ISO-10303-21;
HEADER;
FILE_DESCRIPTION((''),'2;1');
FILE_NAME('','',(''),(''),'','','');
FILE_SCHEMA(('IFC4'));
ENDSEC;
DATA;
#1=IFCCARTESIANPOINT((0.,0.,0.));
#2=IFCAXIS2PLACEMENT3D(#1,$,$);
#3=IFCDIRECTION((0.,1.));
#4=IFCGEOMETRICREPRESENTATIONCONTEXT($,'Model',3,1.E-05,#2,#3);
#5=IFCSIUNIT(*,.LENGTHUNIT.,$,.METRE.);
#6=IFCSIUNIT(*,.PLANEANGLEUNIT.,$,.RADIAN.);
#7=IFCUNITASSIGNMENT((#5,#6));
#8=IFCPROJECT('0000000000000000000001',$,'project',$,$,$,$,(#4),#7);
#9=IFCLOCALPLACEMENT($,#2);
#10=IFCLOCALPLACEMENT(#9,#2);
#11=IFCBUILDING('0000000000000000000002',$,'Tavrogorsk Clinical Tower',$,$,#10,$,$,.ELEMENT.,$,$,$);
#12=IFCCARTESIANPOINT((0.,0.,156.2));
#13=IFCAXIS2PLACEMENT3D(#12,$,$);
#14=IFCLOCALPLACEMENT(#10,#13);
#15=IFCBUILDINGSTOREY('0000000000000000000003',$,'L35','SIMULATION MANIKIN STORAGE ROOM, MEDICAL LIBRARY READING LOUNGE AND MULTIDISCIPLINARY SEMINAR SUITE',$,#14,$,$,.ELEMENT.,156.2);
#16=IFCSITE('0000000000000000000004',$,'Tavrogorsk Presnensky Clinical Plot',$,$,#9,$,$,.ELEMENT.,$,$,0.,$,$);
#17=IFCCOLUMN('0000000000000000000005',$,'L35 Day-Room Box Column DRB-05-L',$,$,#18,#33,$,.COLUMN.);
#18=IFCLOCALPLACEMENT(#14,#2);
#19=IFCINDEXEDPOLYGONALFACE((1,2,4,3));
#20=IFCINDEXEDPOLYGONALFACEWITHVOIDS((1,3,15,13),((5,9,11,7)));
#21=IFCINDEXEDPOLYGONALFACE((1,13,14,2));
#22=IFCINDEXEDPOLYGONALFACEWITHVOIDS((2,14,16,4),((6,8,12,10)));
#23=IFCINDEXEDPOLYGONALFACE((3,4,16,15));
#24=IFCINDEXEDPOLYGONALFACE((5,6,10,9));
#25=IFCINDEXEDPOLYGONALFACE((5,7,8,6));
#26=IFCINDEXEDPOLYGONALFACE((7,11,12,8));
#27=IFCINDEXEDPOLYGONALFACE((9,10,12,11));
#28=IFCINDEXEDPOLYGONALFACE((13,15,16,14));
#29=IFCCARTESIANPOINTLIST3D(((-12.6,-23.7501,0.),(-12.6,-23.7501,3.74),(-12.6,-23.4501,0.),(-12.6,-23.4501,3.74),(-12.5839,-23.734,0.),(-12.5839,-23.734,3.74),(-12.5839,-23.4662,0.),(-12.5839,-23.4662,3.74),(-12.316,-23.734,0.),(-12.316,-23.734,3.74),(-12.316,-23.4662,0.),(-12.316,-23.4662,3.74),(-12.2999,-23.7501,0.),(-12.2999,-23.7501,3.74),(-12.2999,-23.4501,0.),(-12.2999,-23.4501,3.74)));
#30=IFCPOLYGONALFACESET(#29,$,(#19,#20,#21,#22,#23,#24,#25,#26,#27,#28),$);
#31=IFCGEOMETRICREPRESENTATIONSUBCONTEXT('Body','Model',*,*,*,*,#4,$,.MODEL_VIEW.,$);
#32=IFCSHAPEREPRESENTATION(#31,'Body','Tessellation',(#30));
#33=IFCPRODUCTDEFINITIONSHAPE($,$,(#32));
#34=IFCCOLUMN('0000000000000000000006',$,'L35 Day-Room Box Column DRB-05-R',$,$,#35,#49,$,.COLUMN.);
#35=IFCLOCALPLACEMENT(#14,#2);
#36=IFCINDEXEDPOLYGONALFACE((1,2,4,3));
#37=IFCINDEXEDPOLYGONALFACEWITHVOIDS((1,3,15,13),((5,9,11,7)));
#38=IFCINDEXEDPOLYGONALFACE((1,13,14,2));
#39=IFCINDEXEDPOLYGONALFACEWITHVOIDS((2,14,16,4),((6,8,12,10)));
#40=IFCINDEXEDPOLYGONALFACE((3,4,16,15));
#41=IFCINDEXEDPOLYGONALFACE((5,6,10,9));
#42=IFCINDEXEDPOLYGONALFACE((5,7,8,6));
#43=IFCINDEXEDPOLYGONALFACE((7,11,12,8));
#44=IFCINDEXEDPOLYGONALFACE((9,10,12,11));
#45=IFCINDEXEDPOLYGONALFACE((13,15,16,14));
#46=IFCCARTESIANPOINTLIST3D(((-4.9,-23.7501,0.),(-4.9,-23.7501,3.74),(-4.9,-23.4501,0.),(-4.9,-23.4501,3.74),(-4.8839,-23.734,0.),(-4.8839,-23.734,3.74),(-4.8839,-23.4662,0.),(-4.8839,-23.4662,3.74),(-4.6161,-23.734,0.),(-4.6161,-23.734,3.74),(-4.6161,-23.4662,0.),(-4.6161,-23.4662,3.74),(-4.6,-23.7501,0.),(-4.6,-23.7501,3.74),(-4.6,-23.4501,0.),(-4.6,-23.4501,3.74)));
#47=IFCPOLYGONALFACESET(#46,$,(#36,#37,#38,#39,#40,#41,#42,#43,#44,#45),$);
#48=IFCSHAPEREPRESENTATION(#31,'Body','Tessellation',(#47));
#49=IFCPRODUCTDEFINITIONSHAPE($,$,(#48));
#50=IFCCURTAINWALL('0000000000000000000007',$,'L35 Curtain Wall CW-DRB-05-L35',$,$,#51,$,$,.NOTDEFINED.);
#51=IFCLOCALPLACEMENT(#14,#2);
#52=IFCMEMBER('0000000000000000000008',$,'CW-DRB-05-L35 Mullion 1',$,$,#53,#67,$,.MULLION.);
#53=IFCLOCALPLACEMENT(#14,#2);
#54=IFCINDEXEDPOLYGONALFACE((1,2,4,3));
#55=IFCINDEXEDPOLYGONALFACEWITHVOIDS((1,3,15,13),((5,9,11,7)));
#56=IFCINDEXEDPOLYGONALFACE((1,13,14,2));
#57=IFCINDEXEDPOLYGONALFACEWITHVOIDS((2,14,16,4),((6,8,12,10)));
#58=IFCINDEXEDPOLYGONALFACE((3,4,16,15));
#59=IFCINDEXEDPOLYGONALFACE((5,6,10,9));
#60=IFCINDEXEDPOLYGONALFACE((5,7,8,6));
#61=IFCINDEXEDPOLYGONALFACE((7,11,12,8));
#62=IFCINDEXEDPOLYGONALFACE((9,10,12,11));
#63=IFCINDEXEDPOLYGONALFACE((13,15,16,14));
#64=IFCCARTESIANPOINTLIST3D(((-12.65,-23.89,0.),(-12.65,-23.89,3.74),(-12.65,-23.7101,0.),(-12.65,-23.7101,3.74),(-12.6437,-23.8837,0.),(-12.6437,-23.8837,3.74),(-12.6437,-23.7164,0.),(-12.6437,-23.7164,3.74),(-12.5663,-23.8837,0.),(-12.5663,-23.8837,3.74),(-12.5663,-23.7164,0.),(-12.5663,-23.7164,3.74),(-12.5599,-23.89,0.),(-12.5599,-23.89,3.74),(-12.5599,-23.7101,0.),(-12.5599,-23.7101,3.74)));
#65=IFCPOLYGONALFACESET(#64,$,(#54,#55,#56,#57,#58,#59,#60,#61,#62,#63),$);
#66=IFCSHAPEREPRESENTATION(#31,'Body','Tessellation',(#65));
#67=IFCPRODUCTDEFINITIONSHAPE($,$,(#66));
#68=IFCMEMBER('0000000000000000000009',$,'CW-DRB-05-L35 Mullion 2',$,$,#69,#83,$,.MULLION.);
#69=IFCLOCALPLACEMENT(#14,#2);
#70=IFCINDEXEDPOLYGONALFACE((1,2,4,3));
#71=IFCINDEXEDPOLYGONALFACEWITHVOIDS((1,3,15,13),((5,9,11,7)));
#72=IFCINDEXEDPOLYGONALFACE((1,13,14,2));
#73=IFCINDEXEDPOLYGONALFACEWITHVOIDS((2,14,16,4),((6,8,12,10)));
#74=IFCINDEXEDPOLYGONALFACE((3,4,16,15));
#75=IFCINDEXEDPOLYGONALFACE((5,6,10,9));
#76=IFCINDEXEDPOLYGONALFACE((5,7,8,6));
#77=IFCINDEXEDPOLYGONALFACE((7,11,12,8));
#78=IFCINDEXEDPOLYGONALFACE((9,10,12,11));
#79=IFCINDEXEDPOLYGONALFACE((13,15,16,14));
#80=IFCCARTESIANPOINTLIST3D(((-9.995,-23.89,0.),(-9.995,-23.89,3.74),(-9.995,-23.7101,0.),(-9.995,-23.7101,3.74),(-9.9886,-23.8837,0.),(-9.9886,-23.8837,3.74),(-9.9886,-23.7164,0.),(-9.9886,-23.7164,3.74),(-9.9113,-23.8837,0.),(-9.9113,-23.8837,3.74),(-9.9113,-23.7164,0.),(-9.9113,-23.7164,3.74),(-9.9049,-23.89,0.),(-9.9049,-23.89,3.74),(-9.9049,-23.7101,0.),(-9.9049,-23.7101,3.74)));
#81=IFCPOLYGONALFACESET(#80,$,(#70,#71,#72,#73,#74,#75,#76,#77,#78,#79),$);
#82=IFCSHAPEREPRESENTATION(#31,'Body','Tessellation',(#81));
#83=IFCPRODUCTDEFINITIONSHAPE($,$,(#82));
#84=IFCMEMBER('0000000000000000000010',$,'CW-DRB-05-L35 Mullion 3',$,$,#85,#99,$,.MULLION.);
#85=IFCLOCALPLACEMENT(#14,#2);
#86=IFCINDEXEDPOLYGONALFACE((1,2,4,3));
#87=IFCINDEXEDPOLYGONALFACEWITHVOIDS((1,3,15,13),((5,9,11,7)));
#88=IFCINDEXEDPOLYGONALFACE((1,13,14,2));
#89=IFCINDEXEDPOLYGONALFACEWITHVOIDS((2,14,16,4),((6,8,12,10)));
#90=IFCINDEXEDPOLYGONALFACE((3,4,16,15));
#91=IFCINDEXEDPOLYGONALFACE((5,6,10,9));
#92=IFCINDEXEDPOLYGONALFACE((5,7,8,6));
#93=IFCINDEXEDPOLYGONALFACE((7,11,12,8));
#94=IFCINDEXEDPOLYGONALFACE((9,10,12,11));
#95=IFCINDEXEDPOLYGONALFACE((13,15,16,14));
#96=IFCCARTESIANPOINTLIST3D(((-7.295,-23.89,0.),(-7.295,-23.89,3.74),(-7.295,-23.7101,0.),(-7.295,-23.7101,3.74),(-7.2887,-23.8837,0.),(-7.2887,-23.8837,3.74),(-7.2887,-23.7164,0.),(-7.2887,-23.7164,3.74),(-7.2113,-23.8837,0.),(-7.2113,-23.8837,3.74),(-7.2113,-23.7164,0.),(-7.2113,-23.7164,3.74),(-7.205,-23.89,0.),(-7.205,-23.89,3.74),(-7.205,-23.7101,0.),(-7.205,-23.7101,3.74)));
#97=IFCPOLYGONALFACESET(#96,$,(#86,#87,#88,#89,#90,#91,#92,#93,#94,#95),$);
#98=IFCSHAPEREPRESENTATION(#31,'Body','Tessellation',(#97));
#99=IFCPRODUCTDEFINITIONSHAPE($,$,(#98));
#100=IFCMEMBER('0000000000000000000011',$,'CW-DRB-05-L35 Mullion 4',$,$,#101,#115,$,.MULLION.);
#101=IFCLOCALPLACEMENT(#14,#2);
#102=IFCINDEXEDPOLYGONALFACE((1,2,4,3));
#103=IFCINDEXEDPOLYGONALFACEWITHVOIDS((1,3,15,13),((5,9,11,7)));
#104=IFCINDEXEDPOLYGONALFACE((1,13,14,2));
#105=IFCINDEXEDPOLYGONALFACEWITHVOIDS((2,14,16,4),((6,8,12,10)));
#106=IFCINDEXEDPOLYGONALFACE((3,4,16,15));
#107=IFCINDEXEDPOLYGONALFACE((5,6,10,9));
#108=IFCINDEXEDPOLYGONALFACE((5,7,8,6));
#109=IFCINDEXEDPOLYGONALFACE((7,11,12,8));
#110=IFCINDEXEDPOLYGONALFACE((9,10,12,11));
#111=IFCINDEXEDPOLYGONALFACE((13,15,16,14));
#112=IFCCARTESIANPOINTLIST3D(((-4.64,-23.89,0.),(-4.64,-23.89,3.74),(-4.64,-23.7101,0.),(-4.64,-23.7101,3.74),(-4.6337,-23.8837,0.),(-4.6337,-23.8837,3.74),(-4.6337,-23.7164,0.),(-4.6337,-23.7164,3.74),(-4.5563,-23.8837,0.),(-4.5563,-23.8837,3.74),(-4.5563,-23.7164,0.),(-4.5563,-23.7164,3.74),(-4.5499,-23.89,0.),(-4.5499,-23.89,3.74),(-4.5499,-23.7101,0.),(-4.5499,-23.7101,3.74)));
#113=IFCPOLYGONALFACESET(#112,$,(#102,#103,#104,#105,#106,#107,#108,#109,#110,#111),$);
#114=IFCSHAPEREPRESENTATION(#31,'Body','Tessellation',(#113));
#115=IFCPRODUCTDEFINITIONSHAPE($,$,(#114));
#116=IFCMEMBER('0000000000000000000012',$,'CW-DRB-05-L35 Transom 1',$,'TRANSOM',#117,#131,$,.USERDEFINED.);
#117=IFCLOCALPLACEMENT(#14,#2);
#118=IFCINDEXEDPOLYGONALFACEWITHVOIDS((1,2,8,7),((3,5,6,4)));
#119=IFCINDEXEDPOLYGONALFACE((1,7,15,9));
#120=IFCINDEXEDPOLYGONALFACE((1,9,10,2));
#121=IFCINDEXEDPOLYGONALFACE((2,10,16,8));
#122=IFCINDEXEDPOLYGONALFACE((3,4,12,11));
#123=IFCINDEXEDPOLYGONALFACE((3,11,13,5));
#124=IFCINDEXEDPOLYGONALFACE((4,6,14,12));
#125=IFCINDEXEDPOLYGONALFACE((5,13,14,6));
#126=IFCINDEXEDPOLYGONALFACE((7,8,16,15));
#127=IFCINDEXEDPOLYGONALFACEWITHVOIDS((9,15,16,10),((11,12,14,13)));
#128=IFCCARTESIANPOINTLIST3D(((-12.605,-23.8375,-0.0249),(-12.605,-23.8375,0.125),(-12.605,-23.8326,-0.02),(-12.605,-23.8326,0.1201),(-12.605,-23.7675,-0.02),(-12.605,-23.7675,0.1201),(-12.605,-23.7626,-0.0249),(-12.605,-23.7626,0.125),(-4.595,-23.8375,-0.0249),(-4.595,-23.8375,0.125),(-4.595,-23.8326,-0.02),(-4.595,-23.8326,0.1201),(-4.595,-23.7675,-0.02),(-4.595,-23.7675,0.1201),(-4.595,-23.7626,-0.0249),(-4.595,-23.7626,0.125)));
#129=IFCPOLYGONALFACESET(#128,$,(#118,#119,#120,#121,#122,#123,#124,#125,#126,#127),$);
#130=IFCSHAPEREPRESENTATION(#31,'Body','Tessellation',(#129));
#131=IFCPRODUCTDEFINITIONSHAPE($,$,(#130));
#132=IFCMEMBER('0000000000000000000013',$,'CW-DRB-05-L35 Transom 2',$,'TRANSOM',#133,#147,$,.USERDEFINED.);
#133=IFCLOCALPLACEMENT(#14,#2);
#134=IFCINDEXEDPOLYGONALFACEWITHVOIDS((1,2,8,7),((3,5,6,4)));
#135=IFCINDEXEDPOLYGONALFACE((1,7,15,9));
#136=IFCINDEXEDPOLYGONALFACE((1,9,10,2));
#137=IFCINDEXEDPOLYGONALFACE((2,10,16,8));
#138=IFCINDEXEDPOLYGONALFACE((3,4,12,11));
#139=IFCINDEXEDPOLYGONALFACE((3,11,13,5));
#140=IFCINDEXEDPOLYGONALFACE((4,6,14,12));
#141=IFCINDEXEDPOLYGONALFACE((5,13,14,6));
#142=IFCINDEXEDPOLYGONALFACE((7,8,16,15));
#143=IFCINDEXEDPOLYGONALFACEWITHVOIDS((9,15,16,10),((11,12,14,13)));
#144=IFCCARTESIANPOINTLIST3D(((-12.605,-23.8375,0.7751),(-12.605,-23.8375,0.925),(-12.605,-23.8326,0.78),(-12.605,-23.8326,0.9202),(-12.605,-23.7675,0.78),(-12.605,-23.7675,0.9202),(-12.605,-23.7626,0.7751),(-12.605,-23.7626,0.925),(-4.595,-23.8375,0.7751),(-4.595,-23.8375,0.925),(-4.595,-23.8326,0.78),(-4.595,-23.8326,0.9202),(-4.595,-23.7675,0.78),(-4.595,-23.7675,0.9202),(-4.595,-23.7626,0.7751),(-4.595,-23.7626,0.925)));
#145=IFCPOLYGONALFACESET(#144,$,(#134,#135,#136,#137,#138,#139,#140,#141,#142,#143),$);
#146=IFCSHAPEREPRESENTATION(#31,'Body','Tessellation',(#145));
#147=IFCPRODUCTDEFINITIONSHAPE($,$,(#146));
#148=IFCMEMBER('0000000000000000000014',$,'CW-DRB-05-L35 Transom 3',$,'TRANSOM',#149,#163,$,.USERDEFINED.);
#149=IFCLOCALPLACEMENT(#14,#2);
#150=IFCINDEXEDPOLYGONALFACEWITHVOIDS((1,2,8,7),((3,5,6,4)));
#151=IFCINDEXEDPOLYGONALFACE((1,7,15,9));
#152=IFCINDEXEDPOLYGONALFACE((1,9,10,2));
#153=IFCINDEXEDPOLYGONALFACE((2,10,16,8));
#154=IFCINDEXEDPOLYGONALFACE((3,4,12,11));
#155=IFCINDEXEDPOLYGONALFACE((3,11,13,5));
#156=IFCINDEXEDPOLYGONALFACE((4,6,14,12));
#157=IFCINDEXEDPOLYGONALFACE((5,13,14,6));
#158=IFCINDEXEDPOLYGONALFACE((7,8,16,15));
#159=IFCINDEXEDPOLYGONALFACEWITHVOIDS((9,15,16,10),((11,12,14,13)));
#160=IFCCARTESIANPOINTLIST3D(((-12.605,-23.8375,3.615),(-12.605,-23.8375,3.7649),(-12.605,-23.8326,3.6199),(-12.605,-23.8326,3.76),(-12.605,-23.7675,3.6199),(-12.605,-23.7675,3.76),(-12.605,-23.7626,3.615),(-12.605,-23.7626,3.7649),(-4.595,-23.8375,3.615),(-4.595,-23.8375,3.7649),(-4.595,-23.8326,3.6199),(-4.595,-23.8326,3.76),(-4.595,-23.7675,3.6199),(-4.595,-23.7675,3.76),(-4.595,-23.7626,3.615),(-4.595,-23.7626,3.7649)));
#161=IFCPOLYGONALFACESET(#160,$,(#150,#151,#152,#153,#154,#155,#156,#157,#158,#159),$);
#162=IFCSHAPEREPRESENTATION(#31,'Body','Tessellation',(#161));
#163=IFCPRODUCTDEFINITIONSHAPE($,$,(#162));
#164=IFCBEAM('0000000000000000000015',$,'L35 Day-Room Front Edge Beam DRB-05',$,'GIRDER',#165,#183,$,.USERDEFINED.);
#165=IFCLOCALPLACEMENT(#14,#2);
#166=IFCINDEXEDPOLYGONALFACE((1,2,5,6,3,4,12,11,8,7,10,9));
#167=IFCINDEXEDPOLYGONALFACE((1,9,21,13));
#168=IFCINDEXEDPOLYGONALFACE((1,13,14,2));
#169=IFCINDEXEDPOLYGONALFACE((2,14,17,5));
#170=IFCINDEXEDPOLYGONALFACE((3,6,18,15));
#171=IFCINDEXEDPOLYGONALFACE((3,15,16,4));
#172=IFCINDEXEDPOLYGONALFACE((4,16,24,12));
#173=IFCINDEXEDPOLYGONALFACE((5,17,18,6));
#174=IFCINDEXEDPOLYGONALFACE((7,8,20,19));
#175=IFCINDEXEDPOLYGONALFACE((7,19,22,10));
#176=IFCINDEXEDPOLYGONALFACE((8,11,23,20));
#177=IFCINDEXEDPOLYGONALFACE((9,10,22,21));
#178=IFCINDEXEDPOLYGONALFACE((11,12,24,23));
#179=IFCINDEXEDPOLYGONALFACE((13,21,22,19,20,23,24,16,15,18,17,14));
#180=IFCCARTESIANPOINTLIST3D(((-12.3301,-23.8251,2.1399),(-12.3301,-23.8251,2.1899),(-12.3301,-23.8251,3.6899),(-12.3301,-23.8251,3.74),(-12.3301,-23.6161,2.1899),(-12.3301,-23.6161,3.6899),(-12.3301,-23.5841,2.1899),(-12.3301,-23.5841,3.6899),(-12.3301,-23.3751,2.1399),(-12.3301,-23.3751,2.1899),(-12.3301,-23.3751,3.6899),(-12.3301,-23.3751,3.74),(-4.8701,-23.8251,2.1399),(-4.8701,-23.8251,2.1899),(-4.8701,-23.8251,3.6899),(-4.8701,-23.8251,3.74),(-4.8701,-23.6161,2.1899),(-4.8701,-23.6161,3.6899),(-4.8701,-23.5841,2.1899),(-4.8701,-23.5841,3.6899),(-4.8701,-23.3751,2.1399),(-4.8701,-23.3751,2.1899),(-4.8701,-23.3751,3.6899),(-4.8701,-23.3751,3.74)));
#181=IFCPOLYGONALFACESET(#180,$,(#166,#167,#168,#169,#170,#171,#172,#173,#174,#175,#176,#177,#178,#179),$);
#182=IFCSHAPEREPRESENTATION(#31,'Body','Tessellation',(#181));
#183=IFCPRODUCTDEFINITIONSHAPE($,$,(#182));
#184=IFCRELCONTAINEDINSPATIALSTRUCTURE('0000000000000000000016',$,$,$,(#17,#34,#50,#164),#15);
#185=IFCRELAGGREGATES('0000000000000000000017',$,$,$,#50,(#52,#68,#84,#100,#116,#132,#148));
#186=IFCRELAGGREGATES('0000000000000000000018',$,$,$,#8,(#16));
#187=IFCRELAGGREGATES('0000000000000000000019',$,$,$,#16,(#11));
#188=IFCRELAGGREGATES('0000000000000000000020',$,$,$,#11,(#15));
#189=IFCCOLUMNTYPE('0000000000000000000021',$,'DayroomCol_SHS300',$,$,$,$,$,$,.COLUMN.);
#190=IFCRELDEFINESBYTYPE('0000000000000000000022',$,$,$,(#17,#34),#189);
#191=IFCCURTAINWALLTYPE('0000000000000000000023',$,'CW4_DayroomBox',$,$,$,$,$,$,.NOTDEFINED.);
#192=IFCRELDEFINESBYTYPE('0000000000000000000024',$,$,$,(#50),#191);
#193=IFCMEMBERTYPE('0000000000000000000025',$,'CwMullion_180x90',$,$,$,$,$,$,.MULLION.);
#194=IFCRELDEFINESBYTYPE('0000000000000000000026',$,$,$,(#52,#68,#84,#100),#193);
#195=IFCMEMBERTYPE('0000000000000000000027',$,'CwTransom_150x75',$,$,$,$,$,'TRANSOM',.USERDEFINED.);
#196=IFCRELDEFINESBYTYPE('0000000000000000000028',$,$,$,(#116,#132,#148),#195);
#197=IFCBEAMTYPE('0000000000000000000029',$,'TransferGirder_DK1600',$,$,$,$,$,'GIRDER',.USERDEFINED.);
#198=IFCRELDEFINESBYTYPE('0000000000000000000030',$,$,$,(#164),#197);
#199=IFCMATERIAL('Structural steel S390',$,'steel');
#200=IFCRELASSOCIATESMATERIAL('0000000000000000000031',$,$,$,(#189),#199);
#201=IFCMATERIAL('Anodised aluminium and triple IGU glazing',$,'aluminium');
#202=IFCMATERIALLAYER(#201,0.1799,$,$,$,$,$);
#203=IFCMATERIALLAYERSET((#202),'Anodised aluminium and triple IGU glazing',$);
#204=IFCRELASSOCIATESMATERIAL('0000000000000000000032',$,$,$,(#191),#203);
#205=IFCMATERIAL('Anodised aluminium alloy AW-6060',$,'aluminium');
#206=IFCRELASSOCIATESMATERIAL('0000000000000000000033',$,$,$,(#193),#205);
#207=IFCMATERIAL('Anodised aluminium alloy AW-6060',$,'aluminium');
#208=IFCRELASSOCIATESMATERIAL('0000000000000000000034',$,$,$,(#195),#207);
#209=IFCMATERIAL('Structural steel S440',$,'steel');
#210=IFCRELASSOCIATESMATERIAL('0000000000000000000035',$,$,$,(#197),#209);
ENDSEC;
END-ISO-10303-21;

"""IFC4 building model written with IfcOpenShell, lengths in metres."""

from ifc_helpers import new_model, si_unit, direction, frame, origin, origin_2d, place, context, subcontext, project, spatial, hollow_rectangle, i_section, extrude, material, layer, layer_set, material_profile, profile_set, type_object, element, aggregate, save


model = new_model("IFC4")

# Units and contexts
model_context = context("Model", 3, precision=1e-05, world=origin(), true_north=direction((0.0, 1.0)))
body_context = subcontext(model_context, "Body", "Model", "MODEL_VIEW")
ifc_project = project(units=[si_unit("LENGTHUNIT", "METRE"), si_unit("PLANEANGLEUNIT", "RADIAN")], contexts=[model_context])

# Site, building, storey
site_placement = place(None, origin())
site = spatial("IfcSite", under=ifc_project, at=site_placement, Name="Tavrogorsk Presnensky Clinical Plot", CompositionType="ELEMENT", RefElevation=0.0)
building_placement = place(site_placement, origin())
building = spatial("IfcBuilding", under=site, at=building_placement, Name="Tavrogorsk Clinical Tower", CompositionType="ELEMENT")
storey_placement = place(building_placement, frame((0.0, 0.0, 156.2)))
storey = spatial("IfcBuildingStorey", under=building, at=storey_placement, Name="L35", Description="SIMULATION MANIKIN STORAGE ROOM, MEDICAL LIBRARY READING LOUNGE AND MULTIDISCIPLINARY SEMINAR SUITE", CompositionType="ELEMENT", Elevation=156.2)

# Columns
ifc_material_1 = material(Name="Structural steel S390", Category="steel")
ifc_material_profile_1 = material_profile(ifc_material_1, hollow_rectangle(XDim=0.3, YDim=0.3, WallThickness=0.0161, at=origin_2d()), Name="SHS-300x300x16")
ifc_profile_set_1 = profile_set([ifc_material_profile_1], Name="Structural steel S390")
column_type = type_object("IfcColumnType", Name="DayroomCol_SHS300", PredefinedType="COLUMN", material=ifc_profile_set_1)
for number, where, z_axis, x_axis, name in (
    (1, (-12.45, -23.6001, 0.0), (0.0, 0.0, 1.0), (1.0, 0.0, 0.0), "L35 Day-Room Box Column DRB-05-L"),
    (2, (-4.75, -23.6001, 0.0), (0.0, 0.0, 1.0), (1.0, 0.0, 0.0), "L35 Day-Room Box Column DRB-05-R"),
):
    element("IfcColumn", number, at=place(storey_placement, frame(where, z_axis=z_axis, x_axis=x_axis)), inside=storey, type_object=column_type, Name=name, PredefinedType="COLUMN", context=body_context, shape_type="SweptSolid", body=[
        extrude(hollow_rectangle(XDim=0.3, YDim=0.3, WallThickness=0.0161, at=origin_2d()), origin(), (0.0, 0.0, 1.0), 3.74),
    ])

# Curtain wall, members
ifc_material_2 = material(Name="Anodised aluminium and triple IGU glazing", Category="aluminium")
ifc_layer_1 = layer(ifc_material_2, 0.1799)
ifc_layer_set_1 = layer_set([ifc_layer_1], Name="Anodised aluminium and triple IGU glazing")
curtain_wall_type = type_object("IfcCurtainWallType", Name="CW4_DayroomBox", PredefinedType="NOTDEFINED", material=ifc_layer_set_1)
curtain_wall_placement = place(storey_placement, origin())
curtain_wall = element("IfcCurtainWall", 3, at=curtain_wall_placement, inside=storey, type_object=curtain_wall_type, Name="L35 Curtain Wall CW-DRB-05-L35", PredefinedType="NOTDEFINED")
ifc_material_3 = material(Name="Anodised aluminium alloy AW-6060", Category="aluminium")
ifc_material_profile_2 = material_profile(ifc_material_3, hollow_rectangle(XDim=0.0901, YDim=0.1799, WallThickness=0.0063, at=origin_2d()), Name="RHS-180x90x6.3")
ifc_profile_set_2 = profile_set([ifc_material_profile_2], Name="Anodised aluminium alloy AW-6060")
member_type_1 = type_object("IfcMemberType", Name="CwMullion_180x90", PredefinedType="MULLION", material=ifc_profile_set_2)
member_1_placement = place(storey_placement, frame((-12.605, -23.8, 0.0), z_axis=(0.0, 0.0, 1.0), x_axis=(1.0, 0.0, 0.0)))
member_1 = element("IfcMember", 4, at=member_1_placement, type_object=member_type_1, Name="CW-DRB-05-L35 Mullion 1", PredefinedType="MULLION", context=body_context, shape_type="SweptSolid", body=[
    extrude(hollow_rectangle(XDim=0.0901, YDim=0.1799, WallThickness=0.0063, at=origin_2d()), origin(), (0.0, 0.0, 1.0), 3.74),
])
member_2_placement = place(storey_placement, frame((-9.95, -23.8, 0.0), z_axis=(0.0, 0.0, 1.0), x_axis=(1.0, 0.0, 0.0)))
member_2 = element("IfcMember", 5, at=member_2_placement, type_object=member_type_1, Name="CW-DRB-05-L35 Mullion 2", PredefinedType="MULLION", context=body_context, shape_type="SweptSolid", body=[
    extrude(hollow_rectangle(XDim=0.0901, YDim=0.1799, WallThickness=0.0063, at=origin_2d()), origin(), (0.0, 0.0, 1.0), 3.74),
])
member_3_placement = place(storey_placement, frame((-7.25, -23.8, 0.0), z_axis=(0.0, 0.0, 1.0), x_axis=(1.0, 0.0, 0.0)))
member_3 = element("IfcMember", 6, at=member_3_placement, type_object=member_type_1, Name="CW-DRB-05-L35 Mullion 3", PredefinedType="MULLION", context=body_context, shape_type="SweptSolid", body=[
    extrude(hollow_rectangle(XDim=0.0901, YDim=0.1799, WallThickness=0.0063, at=origin_2d()), origin(), (0.0, 0.0, 1.0), 3.74),
])
member_4_placement = place(storey_placement, frame((-4.595, -23.8, 0.0), z_axis=(0.0, 0.0, 1.0), x_axis=(1.0, 0.0, 0.0)))
member_4 = element("IfcMember", 7, at=member_4_placement, type_object=member_type_1, Name="CW-DRB-05-L35 Mullion 4", PredefinedType="MULLION", context=body_context, shape_type="SweptSolid", body=[
    extrude(hollow_rectangle(XDim=0.0901, YDim=0.1799, WallThickness=0.0063, at=origin_2d()), origin(), (0.0, 0.0, 1.0), 3.74),
])
ifc_material_4 = material(Name="Anodised aluminium alloy AW-6060", Category="aluminium")
ifc_material_profile_3 = material_profile(ifc_material_4, hollow_rectangle(XDim=0.075, YDim=0.1499, WallThickness=0.0049, at=origin_2d()), Name="RHS-150x75x5")
ifc_profile_set_3 = profile_set([ifc_material_profile_3], Name="Anodised aluminium alloy AW-6060")
member_type_2 = type_object("IfcMemberType", Name="CwTransom_150x75", ElementType="TRANSOM", PredefinedType="USERDEFINED", material=ifc_profile_set_3)
member_5_placement = place(storey_placement, frame((-12.605, -23.8, 0.05), z_axis=(1.0, 0.0, 0.0), x_axis=(0.0, 1.0, 0.0)))
member_5 = element("IfcMember", 8, at=member_5_placement, type_object=member_type_2, Name="CW-DRB-05-L35 Transom 1", ObjectType="TRANSOM", PredefinedType="USERDEFINED", context=body_context, shape_type="SweptSolid", body=[
    extrude(hollow_rectangle(XDim=0.075, YDim=0.1499, WallThickness=0.0049, at=origin_2d()), origin(), (0.0, 0.0, 1.0), 8.01),
])
member_6_placement = place(storey_placement, frame((-12.605, -23.8, 0.8501), z_axis=(1.0, 0.0, 0.0), x_axis=(0.0, 1.0, 0.0)))
member_6 = element("IfcMember", 9, at=member_6_placement, type_object=member_type_2, Name="CW-DRB-05-L35 Transom 2", ObjectType="TRANSOM", PredefinedType="USERDEFINED", context=body_context, shape_type="SweptSolid", body=[
    extrude(hollow_rectangle(XDim=0.075, YDim=0.1499, WallThickness=0.0049, at=origin_2d()), origin(), (0.0, 0.0, 1.0), 8.01),
])
member_7_placement = place(storey_placement, frame((-12.605, -23.8, 3.6899), z_axis=(1.0, 0.0, 0.0), x_axis=(0.0, 1.0, 0.0)))
member_7 = element("IfcMember", 10, at=member_7_placement, type_object=member_type_2, Name="CW-DRB-05-L35 Transom 3", ObjectType="TRANSOM", PredefinedType="USERDEFINED", context=body_context, shape_type="SweptSolid", body=[
    extrude(hollow_rectangle(XDim=0.075, YDim=0.1499, WallThickness=0.0049, at=origin_2d()), origin(), (0.0, 0.0, 1.0), 8.01),
])

# Beam
ifc_material_5 = material(Name="Structural steel S440", Category="steel")
ifc_material_profile_4 = material_profile(ifc_material_5, i_section(OverallWidth=0.45, OverallDepth=1.6001, WebThickness=0.032, FlangeThickness=0.05, at=origin_2d()), Name="DK-1600x450x32x50")
ifc_profile_set_4 = profile_set([ifc_material_profile_4], Name="Structural steel S440")
beam_type = type_object("IfcBeamType", Name="TransferGirder_DK1600", ElementType="GIRDER", PredefinedType="USERDEFINED", material=ifc_profile_set_4)
beam_placement = place(storey_placement, frame((-12.3301, -23.6001, 2.9399), z_axis=(1.0, 0.0, 0.0), x_axis=(0.0, 1.0, 0.0)))
element("IfcBeam", 11, at=beam_placement, inside=storey, type_object=beam_type, Name="L35 Day-Room Front Edge Beam DRB-05", ObjectType="GIRDER", PredefinedType="USERDEFINED", context=body_context, shape_type="SweptSolid", body=[
    extrude(i_section(OverallWidth=0.45, OverallDepth=1.6001, WebThickness=0.032, FlangeThickness=0.05, at=origin_2d()), origin(), (0.0, 0.0, 1.0), 7.46),
])

aggregate(curtain_wall, [member_1, member_2, member_3, member_4, member_5, member_6, member_7])

save(model, "model.ifc")
